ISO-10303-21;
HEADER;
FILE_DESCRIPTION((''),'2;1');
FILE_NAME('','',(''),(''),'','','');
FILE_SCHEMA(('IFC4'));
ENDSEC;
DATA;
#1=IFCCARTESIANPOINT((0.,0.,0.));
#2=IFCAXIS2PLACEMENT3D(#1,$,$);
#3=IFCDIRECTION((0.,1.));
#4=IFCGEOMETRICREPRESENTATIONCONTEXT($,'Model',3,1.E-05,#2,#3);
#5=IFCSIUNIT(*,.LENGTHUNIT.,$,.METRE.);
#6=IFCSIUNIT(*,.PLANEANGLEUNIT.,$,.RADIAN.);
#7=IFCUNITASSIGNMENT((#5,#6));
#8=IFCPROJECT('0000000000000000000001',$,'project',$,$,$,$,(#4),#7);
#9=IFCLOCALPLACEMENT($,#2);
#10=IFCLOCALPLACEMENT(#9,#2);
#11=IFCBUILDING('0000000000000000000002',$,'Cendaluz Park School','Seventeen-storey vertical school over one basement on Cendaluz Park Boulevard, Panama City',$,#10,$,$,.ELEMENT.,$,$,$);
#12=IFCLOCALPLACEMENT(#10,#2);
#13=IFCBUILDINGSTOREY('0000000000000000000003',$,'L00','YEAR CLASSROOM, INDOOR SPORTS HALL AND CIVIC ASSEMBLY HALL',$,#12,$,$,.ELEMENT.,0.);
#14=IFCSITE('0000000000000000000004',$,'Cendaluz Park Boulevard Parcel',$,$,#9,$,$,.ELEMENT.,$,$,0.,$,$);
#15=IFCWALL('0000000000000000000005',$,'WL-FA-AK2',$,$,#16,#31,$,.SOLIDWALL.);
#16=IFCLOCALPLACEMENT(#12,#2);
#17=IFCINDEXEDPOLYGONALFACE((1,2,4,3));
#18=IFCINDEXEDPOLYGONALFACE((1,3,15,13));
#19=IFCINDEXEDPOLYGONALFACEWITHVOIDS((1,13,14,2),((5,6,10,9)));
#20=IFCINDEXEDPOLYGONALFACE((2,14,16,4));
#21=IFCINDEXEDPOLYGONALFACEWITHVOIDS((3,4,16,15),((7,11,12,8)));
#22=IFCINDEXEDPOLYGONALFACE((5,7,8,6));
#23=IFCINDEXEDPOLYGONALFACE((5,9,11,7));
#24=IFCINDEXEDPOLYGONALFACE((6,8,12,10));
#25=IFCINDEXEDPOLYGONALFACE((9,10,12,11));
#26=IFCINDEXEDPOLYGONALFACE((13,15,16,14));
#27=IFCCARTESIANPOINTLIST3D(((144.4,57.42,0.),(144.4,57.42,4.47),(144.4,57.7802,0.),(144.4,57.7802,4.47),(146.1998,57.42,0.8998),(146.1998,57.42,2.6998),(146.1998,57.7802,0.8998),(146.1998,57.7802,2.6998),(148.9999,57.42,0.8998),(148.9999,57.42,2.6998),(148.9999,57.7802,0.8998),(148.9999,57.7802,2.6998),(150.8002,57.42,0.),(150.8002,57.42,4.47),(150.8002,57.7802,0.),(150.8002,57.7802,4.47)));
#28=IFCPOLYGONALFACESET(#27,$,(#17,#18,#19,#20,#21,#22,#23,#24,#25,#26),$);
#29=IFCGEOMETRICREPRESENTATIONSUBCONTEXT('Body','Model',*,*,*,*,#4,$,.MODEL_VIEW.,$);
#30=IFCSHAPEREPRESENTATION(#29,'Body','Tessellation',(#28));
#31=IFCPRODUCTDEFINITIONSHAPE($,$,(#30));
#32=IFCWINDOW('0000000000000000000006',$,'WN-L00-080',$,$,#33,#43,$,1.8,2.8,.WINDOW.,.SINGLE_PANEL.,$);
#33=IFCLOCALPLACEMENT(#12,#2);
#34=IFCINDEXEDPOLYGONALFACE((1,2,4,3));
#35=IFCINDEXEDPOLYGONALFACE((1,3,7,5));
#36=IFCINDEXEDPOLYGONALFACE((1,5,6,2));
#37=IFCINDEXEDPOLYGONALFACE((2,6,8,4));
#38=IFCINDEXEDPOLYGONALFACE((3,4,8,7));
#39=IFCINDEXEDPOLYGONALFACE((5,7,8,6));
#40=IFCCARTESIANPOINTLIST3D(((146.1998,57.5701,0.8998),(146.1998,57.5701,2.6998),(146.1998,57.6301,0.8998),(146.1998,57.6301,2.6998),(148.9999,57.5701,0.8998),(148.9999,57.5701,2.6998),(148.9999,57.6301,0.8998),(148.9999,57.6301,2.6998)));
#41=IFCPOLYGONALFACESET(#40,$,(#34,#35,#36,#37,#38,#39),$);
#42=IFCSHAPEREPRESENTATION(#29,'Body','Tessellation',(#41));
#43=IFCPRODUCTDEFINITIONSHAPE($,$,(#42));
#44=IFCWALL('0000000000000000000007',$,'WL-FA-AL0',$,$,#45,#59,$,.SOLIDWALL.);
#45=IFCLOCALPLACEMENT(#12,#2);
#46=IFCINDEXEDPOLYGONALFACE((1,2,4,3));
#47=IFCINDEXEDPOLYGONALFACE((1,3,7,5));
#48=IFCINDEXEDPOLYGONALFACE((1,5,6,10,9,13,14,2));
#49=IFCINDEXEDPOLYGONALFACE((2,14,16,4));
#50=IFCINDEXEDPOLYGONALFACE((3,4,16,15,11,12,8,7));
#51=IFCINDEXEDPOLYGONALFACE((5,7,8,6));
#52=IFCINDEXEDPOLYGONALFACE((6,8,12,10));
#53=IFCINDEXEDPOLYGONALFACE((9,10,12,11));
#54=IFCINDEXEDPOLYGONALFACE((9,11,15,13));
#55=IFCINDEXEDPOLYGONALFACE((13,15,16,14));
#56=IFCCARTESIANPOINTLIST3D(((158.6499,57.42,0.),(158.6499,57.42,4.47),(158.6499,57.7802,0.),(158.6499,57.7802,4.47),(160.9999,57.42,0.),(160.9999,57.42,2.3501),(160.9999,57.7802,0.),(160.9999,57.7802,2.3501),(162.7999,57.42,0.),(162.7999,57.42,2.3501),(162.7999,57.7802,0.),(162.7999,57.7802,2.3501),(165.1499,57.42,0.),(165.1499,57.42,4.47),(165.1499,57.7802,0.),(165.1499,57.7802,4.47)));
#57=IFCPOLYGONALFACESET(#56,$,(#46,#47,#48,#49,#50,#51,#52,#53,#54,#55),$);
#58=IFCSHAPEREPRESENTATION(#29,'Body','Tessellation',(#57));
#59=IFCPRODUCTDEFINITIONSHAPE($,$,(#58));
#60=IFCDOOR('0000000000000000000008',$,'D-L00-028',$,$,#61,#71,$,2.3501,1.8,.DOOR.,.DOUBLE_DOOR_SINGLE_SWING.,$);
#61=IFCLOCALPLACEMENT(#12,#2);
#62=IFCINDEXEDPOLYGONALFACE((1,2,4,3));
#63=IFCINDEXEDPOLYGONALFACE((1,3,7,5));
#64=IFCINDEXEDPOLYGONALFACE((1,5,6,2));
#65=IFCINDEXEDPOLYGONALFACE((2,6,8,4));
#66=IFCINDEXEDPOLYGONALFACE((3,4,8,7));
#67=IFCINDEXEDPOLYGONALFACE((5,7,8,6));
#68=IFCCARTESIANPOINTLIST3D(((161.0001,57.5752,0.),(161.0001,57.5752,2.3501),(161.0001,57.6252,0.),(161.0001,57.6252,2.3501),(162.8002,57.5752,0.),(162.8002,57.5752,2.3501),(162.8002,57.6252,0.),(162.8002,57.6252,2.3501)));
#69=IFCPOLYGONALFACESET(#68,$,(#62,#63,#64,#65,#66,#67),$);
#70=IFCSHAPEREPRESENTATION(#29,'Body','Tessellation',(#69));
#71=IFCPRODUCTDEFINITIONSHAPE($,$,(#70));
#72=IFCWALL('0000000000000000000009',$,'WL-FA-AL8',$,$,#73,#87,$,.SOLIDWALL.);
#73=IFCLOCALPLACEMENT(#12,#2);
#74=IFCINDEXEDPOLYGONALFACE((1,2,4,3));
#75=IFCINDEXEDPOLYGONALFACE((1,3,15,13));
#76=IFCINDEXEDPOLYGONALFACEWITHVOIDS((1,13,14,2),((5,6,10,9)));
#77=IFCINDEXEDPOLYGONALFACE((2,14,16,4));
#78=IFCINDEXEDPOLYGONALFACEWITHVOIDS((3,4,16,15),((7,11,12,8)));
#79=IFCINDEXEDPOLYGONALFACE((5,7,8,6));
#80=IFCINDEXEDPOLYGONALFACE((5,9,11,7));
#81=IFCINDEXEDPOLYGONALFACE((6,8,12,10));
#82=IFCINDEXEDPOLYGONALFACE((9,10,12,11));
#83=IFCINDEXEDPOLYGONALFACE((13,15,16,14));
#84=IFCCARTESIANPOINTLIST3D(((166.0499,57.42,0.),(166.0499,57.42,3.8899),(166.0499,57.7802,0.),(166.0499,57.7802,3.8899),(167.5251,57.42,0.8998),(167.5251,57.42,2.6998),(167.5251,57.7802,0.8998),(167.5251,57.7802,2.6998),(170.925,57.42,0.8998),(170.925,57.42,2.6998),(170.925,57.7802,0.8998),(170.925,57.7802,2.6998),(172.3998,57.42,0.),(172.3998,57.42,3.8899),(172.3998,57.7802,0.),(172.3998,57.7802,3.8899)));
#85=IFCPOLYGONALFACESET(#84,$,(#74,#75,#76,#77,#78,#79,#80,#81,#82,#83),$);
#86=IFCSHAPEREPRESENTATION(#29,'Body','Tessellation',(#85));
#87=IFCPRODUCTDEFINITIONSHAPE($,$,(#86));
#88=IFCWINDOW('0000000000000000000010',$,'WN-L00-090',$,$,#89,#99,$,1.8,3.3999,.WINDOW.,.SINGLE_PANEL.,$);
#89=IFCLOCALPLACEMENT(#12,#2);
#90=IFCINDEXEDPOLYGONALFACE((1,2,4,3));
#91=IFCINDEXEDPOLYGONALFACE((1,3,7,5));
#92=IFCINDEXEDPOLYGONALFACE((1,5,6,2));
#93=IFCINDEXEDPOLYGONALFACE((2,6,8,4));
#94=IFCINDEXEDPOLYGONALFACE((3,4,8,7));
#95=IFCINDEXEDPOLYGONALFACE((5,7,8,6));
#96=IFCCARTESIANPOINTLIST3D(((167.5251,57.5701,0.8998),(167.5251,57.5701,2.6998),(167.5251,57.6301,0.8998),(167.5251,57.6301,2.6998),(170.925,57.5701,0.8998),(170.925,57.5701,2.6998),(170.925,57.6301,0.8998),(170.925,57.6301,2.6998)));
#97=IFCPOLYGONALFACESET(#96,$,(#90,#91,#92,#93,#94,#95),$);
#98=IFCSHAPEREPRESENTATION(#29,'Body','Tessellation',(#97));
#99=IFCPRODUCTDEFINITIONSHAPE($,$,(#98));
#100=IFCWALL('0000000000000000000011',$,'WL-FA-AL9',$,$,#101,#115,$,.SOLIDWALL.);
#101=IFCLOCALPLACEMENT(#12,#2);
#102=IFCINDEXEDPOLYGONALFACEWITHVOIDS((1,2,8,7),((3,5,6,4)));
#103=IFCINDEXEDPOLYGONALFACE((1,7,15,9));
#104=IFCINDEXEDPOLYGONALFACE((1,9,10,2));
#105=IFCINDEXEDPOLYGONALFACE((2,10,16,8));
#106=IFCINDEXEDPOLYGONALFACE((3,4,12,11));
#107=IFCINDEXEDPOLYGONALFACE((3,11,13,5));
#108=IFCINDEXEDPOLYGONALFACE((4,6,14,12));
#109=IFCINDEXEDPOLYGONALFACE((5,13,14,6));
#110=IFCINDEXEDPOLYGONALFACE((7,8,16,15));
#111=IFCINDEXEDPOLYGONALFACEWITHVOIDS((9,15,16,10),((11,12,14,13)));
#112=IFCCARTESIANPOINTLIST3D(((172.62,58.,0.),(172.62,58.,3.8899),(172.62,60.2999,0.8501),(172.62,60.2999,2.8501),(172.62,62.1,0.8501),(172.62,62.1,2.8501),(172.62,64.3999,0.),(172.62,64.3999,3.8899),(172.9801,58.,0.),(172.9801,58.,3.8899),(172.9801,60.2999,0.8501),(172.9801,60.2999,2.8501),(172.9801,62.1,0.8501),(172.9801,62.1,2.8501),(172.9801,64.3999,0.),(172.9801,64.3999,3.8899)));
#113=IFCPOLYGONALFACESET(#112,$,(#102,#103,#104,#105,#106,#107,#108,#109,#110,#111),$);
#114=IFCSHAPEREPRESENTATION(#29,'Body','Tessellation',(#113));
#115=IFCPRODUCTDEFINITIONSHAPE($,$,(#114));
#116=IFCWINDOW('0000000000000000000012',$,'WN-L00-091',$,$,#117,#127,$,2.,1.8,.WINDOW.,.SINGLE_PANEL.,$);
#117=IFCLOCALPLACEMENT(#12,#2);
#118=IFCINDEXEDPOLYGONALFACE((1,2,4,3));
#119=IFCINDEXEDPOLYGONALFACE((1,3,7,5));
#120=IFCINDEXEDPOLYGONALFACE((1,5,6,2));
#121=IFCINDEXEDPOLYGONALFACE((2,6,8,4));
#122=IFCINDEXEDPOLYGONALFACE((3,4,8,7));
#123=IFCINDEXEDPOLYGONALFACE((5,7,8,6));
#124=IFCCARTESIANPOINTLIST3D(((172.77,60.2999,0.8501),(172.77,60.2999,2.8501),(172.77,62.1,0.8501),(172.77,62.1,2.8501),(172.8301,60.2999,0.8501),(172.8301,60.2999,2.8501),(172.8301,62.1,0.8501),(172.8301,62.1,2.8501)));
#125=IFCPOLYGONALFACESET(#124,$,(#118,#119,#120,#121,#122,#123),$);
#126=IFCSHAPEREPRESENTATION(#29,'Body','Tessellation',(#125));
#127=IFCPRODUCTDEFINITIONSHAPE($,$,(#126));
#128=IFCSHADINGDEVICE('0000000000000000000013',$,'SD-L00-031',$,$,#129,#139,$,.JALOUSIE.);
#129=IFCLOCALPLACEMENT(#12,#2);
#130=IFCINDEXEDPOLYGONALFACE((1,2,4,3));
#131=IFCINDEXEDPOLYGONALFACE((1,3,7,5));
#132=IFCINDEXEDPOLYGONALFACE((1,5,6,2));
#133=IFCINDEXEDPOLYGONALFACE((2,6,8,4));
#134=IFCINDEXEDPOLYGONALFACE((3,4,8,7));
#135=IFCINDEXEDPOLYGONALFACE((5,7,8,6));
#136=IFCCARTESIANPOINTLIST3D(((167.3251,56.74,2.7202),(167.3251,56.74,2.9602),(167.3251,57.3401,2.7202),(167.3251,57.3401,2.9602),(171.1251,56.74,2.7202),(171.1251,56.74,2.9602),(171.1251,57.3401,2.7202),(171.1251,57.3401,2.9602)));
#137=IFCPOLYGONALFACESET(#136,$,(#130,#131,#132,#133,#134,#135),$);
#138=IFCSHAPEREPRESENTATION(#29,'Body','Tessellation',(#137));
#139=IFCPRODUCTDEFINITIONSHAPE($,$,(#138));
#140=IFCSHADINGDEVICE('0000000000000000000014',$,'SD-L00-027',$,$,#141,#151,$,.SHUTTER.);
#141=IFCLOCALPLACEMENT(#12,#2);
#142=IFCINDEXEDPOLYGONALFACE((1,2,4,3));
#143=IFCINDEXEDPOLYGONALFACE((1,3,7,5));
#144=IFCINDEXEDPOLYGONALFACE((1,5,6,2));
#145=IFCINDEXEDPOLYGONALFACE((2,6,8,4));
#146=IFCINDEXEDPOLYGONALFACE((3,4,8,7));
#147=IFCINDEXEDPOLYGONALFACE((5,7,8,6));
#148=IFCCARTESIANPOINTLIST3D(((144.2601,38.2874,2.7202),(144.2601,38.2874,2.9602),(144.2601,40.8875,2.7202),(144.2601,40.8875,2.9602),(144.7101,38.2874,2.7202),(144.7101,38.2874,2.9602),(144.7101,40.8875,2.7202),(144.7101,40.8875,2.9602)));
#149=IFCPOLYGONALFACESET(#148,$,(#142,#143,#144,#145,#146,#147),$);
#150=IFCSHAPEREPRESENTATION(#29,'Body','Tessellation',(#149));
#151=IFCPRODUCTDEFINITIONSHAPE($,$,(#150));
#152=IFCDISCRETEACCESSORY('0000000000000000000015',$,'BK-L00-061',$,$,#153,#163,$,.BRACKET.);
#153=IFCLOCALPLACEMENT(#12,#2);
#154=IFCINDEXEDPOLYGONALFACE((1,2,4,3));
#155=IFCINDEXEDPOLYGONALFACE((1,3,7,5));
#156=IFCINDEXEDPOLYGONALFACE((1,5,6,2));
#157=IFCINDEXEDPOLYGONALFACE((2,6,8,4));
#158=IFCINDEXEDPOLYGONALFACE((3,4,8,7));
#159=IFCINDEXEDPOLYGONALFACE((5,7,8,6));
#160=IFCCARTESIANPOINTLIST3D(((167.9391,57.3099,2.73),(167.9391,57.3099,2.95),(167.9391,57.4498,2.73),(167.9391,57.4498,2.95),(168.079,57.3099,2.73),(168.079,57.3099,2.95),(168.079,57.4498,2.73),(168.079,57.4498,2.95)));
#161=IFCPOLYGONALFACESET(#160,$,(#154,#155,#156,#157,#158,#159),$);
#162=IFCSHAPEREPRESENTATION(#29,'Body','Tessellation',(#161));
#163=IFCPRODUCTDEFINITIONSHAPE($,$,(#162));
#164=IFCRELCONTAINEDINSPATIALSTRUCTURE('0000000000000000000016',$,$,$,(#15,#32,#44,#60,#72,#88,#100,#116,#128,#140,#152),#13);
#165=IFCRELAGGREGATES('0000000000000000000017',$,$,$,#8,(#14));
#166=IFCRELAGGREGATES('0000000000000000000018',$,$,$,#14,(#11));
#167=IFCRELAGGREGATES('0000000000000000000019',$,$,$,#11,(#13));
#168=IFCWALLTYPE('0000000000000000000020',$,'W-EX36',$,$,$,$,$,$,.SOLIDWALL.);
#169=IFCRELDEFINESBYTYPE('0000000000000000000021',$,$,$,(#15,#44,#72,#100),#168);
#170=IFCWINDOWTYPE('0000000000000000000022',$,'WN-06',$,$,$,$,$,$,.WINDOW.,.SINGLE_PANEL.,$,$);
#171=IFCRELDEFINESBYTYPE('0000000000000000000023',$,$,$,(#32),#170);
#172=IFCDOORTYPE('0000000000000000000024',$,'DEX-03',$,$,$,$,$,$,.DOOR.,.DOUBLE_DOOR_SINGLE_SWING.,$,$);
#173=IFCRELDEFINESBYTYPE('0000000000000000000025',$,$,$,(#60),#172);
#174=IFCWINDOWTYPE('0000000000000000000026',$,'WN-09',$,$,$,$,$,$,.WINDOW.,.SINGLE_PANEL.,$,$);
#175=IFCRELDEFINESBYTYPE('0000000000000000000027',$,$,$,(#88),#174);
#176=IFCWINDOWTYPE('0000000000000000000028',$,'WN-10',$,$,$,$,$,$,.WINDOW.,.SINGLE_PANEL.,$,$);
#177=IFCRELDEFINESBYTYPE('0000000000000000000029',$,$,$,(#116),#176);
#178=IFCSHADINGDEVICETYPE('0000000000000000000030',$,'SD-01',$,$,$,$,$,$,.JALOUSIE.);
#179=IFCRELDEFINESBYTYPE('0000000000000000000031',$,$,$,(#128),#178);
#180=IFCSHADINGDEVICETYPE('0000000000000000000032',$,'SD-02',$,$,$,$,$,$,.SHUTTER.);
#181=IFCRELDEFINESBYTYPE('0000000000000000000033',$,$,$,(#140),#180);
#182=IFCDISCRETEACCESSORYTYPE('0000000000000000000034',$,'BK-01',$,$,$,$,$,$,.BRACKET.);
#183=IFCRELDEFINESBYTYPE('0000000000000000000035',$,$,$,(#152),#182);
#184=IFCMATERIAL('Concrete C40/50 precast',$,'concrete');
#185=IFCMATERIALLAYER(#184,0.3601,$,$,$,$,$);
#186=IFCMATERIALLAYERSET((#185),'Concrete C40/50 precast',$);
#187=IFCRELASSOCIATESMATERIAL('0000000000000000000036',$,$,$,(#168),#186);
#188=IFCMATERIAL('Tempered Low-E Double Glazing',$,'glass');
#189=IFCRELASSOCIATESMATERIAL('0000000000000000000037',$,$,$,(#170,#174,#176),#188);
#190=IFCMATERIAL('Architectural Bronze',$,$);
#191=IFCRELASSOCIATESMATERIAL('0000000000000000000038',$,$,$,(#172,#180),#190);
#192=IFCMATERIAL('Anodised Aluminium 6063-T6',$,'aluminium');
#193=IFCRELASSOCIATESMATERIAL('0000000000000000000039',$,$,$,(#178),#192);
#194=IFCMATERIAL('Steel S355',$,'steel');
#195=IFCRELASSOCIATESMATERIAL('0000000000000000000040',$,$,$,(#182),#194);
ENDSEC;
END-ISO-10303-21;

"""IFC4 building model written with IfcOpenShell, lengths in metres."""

from ifc_helpers import new_model, si_unit, direction, frame, frame_2d, origin, origin_2d, place, context, subcontext, project, spatial, rectangle, extrude, material, layer, layer_set, type_object, element, fill, save


model = new_model("IFC4")

# Units and contexts
model_context = context("Model", 3, precision=1e-05, world=origin(), true_north=direction((0.0, 1.0)))
body_context = subcontext(model_context, "Body", "Model", "MODEL_VIEW")
ifc_project = project(units=[si_unit("LENGTHUNIT", "METRE"), si_unit("PLANEANGLEUNIT", "RADIAN")], contexts=[model_context])

# Site, building, storey
site_placement = place(None, origin())
site = spatial("IfcSite", under=ifc_project, at=site_placement, Name="Cendaluz Park Boulevard Parcel", CompositionType="ELEMENT", RefElevation=0.0)
building_placement = place(site_placement, origin())
building = spatial("IfcBuilding", under=site, at=building_placement, Name="Cendaluz Park School", Description="Seventeen-storey vertical school over one basement on Cendaluz Park Boulevard, Panama City", CompositionType="ELEMENT")
storey_placement = place(building_placement, origin())
storey = spatial("IfcBuildingStorey", under=building, at=storey_placement, Name="L00", Description="YEAR CLASSROOM, INDOOR SPORTS HALL AND CIVIC ASSEMBLY HALL", CompositionType="ELEMENT", Elevation=0.0)

# Wall, opening, window
ifc_material_1 = material(Name="Concrete C40/50 precast", Category="concrete")
ifc_layer_1 = layer(ifc_material_1, 0.3601)
ifc_layer_set_1 = layer_set([ifc_layer_1], Name="Concrete C40/50 precast")
wall_type_1 = type_object("IfcWallType", Name="W-EX36", PredefinedType="SOLIDWALL", material=ifc_layer_set_1)
wall_1_placement = place(storey_placement, frame((144.3999, 57.6001, 0.0), z_axis=(0.0, 0.0, 1.0), x_axis=(1.0, 0.0, 0.0)))
wall_1 = element("IfcWall", 1, at=wall_1_placement, inside=storey, type_object=wall_type_1, Name="WL-FA-AK2", PredefinedType="SOLIDWALL", context=body_context, shape_type="SweptSolid", body=[
    extrude(rectangle(XDim=6.4001, YDim=0.3601, at=frame_2d((3.2002, 0.0))), origin(), (0.0, 0.0, 1.0), 4.47),
])
opening_1_placement = place(wall_1_placement, frame((1.8, 0.0, 0.8999)))
opening_1 = element("IfcOpeningElement", 2, at=opening_1_placement, cuts=wall_1, PredefinedType="OPENING", context=body_context, shape_type="SweptSolid", body=[
    extrude(rectangle(XDim=2.8, YDim=1.8, at=frame_2d((1.3999, 0.8999))), frame((0.0, 0.1921, 0.0), z_axis=(0.0, -1.0, 0.0), x_axis=(1.0, 0.0, 0.0)), (0.0, 0.0, 1.0), 0.384),
])
ifc_material_2 = material(Name="Tempered Low-E Double Glazing", Category="glass")
window_type_1 = type_object("IfcWindowType", Name="WN-06", PartitioningType="SINGLE_PANEL", PredefinedType="WINDOW", material=ifc_material_2)
window_1_placement = place(opening_1_placement, origin())
window_1 = element("IfcWindow", 3, at=window_1_placement, inside=storey, type_object=window_type_1, Name="WN-L00-080", OverallHeight=1.8, OverallWidth=2.8, PartitioningType="SINGLE_PANEL", PredefinedType="WINDOW", context=body_context, shape_type="SweptSolid", body=[
    extrude(rectangle(XDim=2.8, YDim=1.8, at=frame_2d((1.3999, 0.8999))), frame((0.0, 0.03, 0.0), z_axis=(0.0, -1.0, 0.0), x_axis=(1.0, 0.0, 0.0)), (0.0, 0.0, 1.0), 0.0601),
])
fill(opening_1, window_1)

# Wall, opening, door
ifc_material_3 = material(Name="Architectural Bronze")
wall_2_placement = place(storey_placement, frame((158.6499, 57.6001, 0.0), z_axis=(0.0, 0.0, 1.0), x_axis=(1.0, 0.0, 0.0)))
wall_2 = element("IfcWall", 4, at=wall_2_placement, inside=storey, type_object=wall_type_1, Name="WL-FA-AL0", PredefinedType="SOLIDWALL", context=body_context, shape_type="SweptSolid", body=[
    extrude(rectangle(XDim=6.5, YDim=0.3601, at=frame_2d((3.25, 0.0))), origin(), (0.0, 0.0, 1.0), 4.47),
])
opening_2_placement = place(wall_2_placement, frame((2.3501, 0.0, 0.0)))
opening_2 = element("IfcOpeningElement", 5, at=opening_2_placement, cuts=wall_2, PredefinedType="OPENING", context=body_context, shape_type="SweptSolid", body=[
    extrude(rectangle(XDim=1.8, YDim=2.3501, at=frame_2d((0.8999, 1.175))), frame((0.0, 0.1921, 0.0), z_axis=(0.0, -1.0, 0.0), x_axis=(1.0, 0.0, 0.0)), (0.0, 0.0, 1.0), 0.384),
])
door_type_1 = type_object("IfcDoorType", Name="DEX-03", OperationType="DOUBLE_DOOR_SINGLE_SWING", PredefinedType="DOOR", material=ifc_material_3)
door_1_placement = place(opening_2_placement, frame((1.8, 0.0, 0.0), z_axis=(0.0, 0.0, 1.0), x_axis=(-1.0, 0.0, 0.0)))
door_1 = element("IfcDoor", 6, at=door_1_placement, inside=storey, type_object=door_type_1, Name="D-L00-028", OperationType="DOUBLE_DOOR_SINGLE_SWING", OverallHeight=2.3501, OverallWidth=1.8, PredefinedType="DOOR", context=body_context, shape_type="SweptSolid", body=[
    extrude(rectangle(XDim=1.8, YDim=2.3501, at=frame_2d((0.8999, 1.175))), frame((0.0, 0.0249, 0.0), z_axis=(0.0, -1.0, 0.0), x_axis=(1.0, 0.0, 0.0)), (0.0, 0.0, 1.0), 0.05),
])
fill(opening_2, door_1)

# Walls, openings, windows
wall_3_placement = place(storey_placement, frame((166.05, 57.6001, 0.0), z_axis=(0.0, 0.0, 1.0), x_axis=(1.0, 0.0, 0.0)))
wall_3 = element("IfcWall", 7, at=wall_3_placement, inside=storey, type_object=wall_type_1, Name="WL-FA-AL8", PredefinedType="SOLIDWALL", context=body_context, shape_type="SweptSolid", body=[
    extrude(rectangle(XDim=6.3499, YDim=0.3601, at=frame_2d((3.1748, 0.0))), origin(), (0.0, 0.0, 1.0), 3.8899),
])
opening_3_placement = place(wall_3_placement, frame((1.4751, 0.0, 0.8999)))
opening_3 = element("IfcOpeningElement", 8, at=opening_3_placement, cuts=wall_3, PredefinedType="OPENING", context=body_context, shape_type="SweptSolid", body=[
    extrude(rectangle(XDim=3.3999, YDim=1.8, at=frame_2d((1.7, 0.8999))), frame((0.0, 0.1921, 0.0), z_axis=(0.0, -1.0, 0.0), x_axis=(1.0, 0.0, 0.0)), (0.0, 0.0, 1.0), 0.384),
])
window_type_2 = type_object("IfcWindowType", Name="WN-09", PartitioningType="SINGLE_PANEL", PredefinedType="WINDOW", material=ifc_material_2)
window_2_placement = place(opening_3_placement, origin())
window_2 = element("IfcWindow", 9, at=window_2_placement, inside=storey, type_object=window_type_2, Name="WN-L00-090", OverallHeight=1.8, OverallWidth=3.3999, PartitioningType="SINGLE_PANEL", PredefinedType="WINDOW", context=body_context, shape_type="SweptSolid", body=[
    extrude(rectangle(XDim=3.3999, YDim=1.8, at=frame_2d((1.7, 0.8999))), frame((0.0, 0.03, 0.0), z_axis=(0.0, -1.0, 0.0), x_axis=(1.0, 0.0, 0.0)), (0.0, 0.0, 1.0), 0.0601),
])
fill(opening_3, window_2)
wall_4_placement = place(storey_placement, frame((172.8, 58.0, 0.0), z_axis=(0.0, 0.0, 1.0), x_axis=(0.0, 1.0, 0.0)))
wall_4 = element("IfcWall", 10, at=wall_4_placement, inside=storey, type_object=wall_type_1, Name="WL-FA-AL9", PredefinedType="SOLIDWALL", context=body_context, shape_type="SweptSolid", body=[
    extrude(rectangle(XDim=6.3999, YDim=0.3601, at=frame_2d((3.2, 0.0))), origin(), (0.0, 0.0, 1.0), 3.8899),
])
opening_4_placement = place(wall_4_placement, frame((2.3, 0.0, 0.8501)))
opening_4 = element("IfcOpeningElement", 11, at=opening_4_placement, cuts=wall_4, PredefinedType="OPENING", context=body_context, shape_type="SweptSolid", body=[
    extrude(rectangle(XDim=1.8, YDim=2.0, at=frame_2d((0.8999, 1.0))), frame((0.0, 0.1921, 0.0), z_axis=(0.0, -1.0, 0.0), x_axis=(1.0, 0.0, 0.0)), (0.0, 0.0, 1.0), 0.384),
])
window_type_3 = type_object("IfcWindowType", Name="WN-10", PartitioningType="SINGLE_PANEL", PredefinedType="WINDOW", material=ifc_material_2)
window_3_placement = place(opening_4_placement, origin())
window_3 = element("IfcWindow", 12, at=window_3_placement, inside=storey, type_object=window_type_3, Name="WN-L00-091", OverallHeight=2.0, OverallWidth=1.8, PartitioningType="SINGLE_PANEL", PredefinedType="WINDOW", context=body_context, shape_type="SweptSolid", body=[
    extrude(rectangle(XDim=1.8, YDim=2.0, at=frame_2d((0.8999, 1.0))), frame((0.0, 0.03, 0.0), z_axis=(0.0, -1.0, 0.0), x_axis=(1.0, 0.0, 0.0)), (0.0, 0.0, 1.0), 0.0601),
])
fill(opening_4, window_3)

# Shading devices
ifc_material_4 = material(Name="Anodised Aluminium 6063-T6", Category="aluminium")
shading_device_type_1 = type_object("IfcShadingDeviceType", Name="SD-01", PredefinedType="JALOUSIE", material=ifc_material_4)
shading_device_1_placement = place(storey_placement, frame((169.2251, 57.04, 2.7202), z_axis=(0.0, 0.0, 1.0), x_axis=(1.0, 0.0, 0.0)))
element("IfcShadingDevice", 13, at=shading_device_1_placement, inside=storey, type_object=shading_device_type_1, Name="SD-L00-031", PredefinedType="JALOUSIE", context=body_context, shape_type="SweptSolid", body=[
    extrude(rectangle(XDim=3.8, YDim=0.6001, at=origin_2d()), origin(), (0.0, 0.0, 1.0), 0.24),
])
shading_device_type_2 = type_object("IfcShadingDeviceType", Name="SD-02", PredefinedType="SHUTTER", material=ifc_material_3)
shading_device_2_placement = place(storey_placement, frame((144.4851, 39.5874, 2.7202), z_axis=(0.0, 0.0, 1.0), x_axis=(0.0, 1.0, 0.0)))
element("IfcShadingDevice", 14, at=shading_device_2_placement, inside=storey, type_object=shading_device_type_2, Name="SD-L00-027", PredefinedType="SHUTTER", context=body_context, shape_type="SweptSolid", body=[
    extrude(rectangle(XDim=2.6001, YDim=0.45, at=origin_2d()), origin(), (0.0, 0.0, 1.0), 0.24),
])

# Discrete accessory
ifc_material_5 = material(Name="Steel S355", Category="steel")
discrete_accessory_type = type_object("IfcDiscreteAccessoryType", Name="BK-01", PredefinedType="BRACKET", material=ifc_material_5)
for number, where, z_axis, x_axis, name in (
    (15, (168.009, 57.3799, 2.73), (0.0, 0.0, 1.0), (1.0, 0.0, 0.0), "BK-L00-061"),
):
    element("IfcDiscreteAccessory", number, at=place(storey_placement, frame(where, z_axis=z_axis, x_axis=x_axis)), inside=storey, type_object=discrete_accessory_type, Name=name, PredefinedType="BRACKET", context=body_context, shape_type="SweptSolid", body=[
        extrude(rectangle(XDim=0.1399, YDim=0.1399, at=origin_2d()), origin(), (0.0, 0.0, 1.0), 0.22),
    ])

save(model, "model.ifc")
